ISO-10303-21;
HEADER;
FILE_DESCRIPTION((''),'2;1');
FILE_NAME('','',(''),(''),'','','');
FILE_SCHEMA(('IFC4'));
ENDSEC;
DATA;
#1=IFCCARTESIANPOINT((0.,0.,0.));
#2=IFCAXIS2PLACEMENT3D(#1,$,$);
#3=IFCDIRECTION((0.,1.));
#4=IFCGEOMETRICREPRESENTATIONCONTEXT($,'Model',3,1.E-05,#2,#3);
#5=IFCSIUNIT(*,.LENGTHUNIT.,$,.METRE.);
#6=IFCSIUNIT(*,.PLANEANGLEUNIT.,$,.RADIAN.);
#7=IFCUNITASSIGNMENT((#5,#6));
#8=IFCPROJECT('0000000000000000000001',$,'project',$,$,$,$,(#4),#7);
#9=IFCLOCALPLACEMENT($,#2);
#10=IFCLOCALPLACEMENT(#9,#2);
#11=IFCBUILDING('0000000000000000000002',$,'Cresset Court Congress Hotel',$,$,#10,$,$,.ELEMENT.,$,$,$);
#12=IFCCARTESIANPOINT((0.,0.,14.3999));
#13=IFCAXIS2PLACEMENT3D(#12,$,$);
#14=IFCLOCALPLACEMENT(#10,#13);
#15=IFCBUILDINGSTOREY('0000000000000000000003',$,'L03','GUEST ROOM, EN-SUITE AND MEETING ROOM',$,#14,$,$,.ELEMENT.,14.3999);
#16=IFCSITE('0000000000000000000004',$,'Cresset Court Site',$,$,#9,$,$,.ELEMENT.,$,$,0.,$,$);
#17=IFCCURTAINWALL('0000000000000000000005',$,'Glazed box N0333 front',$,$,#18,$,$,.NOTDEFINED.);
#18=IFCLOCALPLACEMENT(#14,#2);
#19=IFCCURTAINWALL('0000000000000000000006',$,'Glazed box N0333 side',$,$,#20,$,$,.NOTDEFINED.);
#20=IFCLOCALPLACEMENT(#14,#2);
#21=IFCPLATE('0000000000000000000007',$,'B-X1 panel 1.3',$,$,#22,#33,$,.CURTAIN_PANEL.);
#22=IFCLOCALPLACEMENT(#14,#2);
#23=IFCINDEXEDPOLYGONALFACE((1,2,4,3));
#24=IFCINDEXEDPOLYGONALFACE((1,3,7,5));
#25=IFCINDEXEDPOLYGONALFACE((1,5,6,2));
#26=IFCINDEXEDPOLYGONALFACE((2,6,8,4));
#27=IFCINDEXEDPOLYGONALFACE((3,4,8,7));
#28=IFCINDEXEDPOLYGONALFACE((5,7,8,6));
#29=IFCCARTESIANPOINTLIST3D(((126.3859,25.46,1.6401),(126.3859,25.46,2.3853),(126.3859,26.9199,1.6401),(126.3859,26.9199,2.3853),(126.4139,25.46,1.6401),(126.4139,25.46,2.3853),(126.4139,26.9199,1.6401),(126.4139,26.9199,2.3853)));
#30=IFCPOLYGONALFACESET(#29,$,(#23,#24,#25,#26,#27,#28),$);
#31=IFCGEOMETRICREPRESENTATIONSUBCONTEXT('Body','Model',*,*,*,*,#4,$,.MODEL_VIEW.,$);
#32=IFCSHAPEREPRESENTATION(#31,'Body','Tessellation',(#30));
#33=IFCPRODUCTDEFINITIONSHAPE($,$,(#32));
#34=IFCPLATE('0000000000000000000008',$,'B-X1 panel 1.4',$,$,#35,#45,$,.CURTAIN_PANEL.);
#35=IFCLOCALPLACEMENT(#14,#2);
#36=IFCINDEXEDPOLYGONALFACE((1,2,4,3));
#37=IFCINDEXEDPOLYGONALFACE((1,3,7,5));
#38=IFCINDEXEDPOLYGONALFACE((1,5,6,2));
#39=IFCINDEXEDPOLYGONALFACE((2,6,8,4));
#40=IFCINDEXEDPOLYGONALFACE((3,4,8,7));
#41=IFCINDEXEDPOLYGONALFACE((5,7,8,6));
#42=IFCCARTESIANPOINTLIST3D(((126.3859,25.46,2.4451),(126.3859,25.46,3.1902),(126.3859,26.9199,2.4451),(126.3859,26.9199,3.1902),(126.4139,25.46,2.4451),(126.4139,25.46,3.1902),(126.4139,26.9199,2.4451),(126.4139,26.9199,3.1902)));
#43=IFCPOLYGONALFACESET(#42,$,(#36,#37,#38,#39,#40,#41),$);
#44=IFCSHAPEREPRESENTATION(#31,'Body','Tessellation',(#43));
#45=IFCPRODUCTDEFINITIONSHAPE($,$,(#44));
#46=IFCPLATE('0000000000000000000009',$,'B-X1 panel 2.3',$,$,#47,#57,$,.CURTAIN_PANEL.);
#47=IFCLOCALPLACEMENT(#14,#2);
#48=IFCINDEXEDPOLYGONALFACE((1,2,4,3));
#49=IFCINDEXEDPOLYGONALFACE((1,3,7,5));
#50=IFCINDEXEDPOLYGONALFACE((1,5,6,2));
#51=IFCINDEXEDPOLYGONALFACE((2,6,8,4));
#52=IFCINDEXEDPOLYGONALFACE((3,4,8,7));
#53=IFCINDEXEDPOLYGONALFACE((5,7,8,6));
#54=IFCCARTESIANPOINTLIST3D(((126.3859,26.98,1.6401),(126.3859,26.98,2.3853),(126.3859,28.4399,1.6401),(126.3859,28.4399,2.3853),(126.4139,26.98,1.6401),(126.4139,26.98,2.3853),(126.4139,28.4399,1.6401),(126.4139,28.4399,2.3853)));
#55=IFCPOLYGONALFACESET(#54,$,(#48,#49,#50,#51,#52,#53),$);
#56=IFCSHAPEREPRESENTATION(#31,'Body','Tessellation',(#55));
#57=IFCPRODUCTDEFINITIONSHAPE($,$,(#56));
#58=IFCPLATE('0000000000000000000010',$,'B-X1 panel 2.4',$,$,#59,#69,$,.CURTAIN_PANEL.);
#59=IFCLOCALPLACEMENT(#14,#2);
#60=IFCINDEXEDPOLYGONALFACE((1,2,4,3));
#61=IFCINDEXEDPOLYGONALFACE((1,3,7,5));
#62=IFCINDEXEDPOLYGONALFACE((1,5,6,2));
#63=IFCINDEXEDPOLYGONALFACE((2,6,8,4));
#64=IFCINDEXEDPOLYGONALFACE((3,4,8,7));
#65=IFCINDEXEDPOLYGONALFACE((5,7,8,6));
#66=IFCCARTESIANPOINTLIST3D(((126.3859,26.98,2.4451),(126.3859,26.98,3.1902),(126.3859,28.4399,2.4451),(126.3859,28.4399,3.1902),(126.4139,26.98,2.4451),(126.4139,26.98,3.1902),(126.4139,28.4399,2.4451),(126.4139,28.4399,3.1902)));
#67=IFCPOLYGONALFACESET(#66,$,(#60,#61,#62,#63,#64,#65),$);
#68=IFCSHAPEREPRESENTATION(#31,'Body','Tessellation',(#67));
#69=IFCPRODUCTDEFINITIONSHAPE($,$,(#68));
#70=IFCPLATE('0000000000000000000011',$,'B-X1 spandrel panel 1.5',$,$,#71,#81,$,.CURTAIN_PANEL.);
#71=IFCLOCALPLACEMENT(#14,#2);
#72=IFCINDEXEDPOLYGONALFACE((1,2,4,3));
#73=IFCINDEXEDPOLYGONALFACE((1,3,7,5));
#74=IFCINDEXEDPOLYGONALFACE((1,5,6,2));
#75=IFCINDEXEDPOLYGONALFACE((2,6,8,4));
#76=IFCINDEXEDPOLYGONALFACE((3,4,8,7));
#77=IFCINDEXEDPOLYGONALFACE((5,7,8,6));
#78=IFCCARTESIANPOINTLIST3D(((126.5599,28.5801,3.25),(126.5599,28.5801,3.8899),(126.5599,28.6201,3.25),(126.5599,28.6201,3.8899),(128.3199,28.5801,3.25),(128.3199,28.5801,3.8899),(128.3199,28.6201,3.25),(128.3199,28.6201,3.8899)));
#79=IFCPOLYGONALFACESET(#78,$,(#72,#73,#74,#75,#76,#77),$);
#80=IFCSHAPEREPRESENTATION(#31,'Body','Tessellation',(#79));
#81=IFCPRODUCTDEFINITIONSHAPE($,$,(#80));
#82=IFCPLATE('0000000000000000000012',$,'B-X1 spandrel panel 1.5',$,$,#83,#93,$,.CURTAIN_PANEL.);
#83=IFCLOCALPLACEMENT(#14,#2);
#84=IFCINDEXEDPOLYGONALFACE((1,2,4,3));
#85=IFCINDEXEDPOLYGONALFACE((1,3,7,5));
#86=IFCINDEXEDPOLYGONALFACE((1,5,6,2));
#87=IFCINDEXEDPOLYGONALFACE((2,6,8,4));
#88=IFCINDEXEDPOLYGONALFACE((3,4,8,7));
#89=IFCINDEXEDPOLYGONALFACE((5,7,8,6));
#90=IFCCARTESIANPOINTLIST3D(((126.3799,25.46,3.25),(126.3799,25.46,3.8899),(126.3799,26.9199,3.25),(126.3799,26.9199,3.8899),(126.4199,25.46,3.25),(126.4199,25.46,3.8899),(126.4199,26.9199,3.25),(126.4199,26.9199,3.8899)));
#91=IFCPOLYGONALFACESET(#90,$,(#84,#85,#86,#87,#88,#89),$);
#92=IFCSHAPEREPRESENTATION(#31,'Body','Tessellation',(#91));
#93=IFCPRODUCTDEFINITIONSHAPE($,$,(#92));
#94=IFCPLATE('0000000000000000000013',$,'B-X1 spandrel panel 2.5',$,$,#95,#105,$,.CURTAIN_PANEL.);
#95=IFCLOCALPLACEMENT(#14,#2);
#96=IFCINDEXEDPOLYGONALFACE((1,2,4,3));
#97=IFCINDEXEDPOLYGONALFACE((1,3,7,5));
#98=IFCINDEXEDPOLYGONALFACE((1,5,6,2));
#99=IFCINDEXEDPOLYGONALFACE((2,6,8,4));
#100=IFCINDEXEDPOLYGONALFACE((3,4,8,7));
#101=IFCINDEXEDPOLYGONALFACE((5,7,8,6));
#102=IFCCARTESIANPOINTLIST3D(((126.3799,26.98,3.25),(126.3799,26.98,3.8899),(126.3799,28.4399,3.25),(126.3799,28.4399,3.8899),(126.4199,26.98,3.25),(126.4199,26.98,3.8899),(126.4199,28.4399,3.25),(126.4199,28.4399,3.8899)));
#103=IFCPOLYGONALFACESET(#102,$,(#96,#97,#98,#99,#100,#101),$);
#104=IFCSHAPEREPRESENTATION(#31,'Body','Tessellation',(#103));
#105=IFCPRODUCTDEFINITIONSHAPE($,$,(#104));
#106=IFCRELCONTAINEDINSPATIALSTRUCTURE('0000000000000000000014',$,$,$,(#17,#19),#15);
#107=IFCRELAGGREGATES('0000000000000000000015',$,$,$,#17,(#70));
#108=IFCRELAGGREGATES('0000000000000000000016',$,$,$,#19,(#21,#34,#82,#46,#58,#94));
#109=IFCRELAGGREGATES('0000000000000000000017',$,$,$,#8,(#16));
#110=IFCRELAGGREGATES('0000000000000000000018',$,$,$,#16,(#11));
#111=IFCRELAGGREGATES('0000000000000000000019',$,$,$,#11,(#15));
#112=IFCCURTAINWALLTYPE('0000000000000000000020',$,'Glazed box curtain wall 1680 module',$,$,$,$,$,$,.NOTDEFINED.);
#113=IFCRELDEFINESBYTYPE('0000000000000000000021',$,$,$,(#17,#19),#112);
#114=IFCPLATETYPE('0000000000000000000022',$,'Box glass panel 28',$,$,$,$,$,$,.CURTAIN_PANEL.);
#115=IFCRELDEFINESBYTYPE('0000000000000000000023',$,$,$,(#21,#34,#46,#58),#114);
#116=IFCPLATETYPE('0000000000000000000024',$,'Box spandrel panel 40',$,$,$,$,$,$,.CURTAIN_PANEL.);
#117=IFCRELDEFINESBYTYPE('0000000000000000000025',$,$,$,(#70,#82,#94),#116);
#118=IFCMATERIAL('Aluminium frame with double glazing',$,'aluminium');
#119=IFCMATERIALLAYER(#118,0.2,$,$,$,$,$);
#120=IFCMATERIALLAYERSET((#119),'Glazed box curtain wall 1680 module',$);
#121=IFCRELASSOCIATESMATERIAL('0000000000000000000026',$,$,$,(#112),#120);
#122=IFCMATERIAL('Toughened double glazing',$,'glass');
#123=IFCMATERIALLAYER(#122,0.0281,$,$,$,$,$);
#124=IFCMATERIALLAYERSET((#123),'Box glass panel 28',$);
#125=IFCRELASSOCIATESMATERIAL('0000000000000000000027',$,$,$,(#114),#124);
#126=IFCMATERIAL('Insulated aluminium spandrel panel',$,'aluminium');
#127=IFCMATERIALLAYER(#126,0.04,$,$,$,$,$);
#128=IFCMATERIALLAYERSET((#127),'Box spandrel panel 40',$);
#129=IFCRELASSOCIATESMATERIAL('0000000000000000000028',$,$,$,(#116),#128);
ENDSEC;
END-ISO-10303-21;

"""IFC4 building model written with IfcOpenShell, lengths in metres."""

from ifc_helpers import new_model, si_unit, direction, frame, origin, origin_2d, place, context, subcontext, project, spatial, rectangle, extrude, material, layer, layer_set, type_object, element, aggregate, save


model = new_model("IFC4")

# Units and contexts
model_context = context("Model", 3, precision=1e-05, world=origin(), true_north=direction((0.0, 1.0)))
body_context = subcontext(model_context, "Body", "Model", "MODEL_VIEW")
ifc_project = project(units=[si_unit("LENGTHUNIT", "METRE"), si_unit("PLANEANGLEUNIT", "RADIAN")], contexts=[model_context])

# Site, building, storey
site_placement = place(None, origin())
site = spatial("IfcSite", under=ifc_project, at=site_placement, Name="Cresset Court Site", CompositionType="ELEMENT", RefElevation=0.0)
building_placement = place(site_placement, origin())
building = spatial("IfcBuilding", under=site, at=building_placement, Name="Cresset Court Congress Hotel", CompositionType="ELEMENT")
storey_placement = place(building_placement, frame((0.0, 0.0, 14.3999)))
storey = spatial("IfcBuildingStorey", under=building, at=storey_placement, Name="L03", Description="GUEST ROOM, EN-SUITE AND MEETING ROOM", CompositionType="ELEMENT", Elevation=14.3999)

# Curtain walls
ifc_material_1 = material(Name="Aluminium frame with double glazing", Category="aluminium")
ifc_layer_1 = layer(ifc_material_1, 0.2)
ifc_layer_set_1 = layer_set([ifc_layer_1], Name="Glazed box curtain wall 1680 module")
curtain_wall_type = type_object("IfcCurtainWallType", Name="Glazed box curtain wall 1680 module", PredefinedType="NOTDEFINED", material=ifc_layer_set_1)
curtain_wall_1_placement = place(storey_placement, origin())
curtain_wall_1 = element("IfcCurtainWall", 1, at=curtain_wall_1_placement, inside=storey, type_object=curtain_wall_type, Name="Glazed box N0333 front", PredefinedType="NOTDEFINED")
curtain_wall_2_placement = place(storey_placement, origin())
curtain_wall_2 = element("IfcCurtainWall", 2, at=curtain_wall_2_placement, inside=storey, type_object=curtain_wall_type, Name="Glazed box N0333 side", PredefinedType="NOTDEFINED")

# Plates
ifc_material_2 = material(Name="Toughened double glazing", Category="glass")
ifc_layer_2 = layer(ifc_material_2, 0.0281)
ifc_layer_set_2 = layer_set([ifc_layer_2], Name="Box glass panel 28")
plate_type_1 = type_object("IfcPlateType", Name="Box glass panel 28", PredefinedType="CURTAIN_PANEL", material=ifc_layer_set_2)
plate_1_placement = place(storey_placement, frame((126.3999, 26.1899, 1.6401), z_axis=(0.0, 0.0, 1.0), x_axis=(0.0, 1.0, 0.0)))
plate_1 = element("IfcPlate", 3, at=plate_1_placement, type_object=plate_type_1, Name="B-X1 panel 1.3", PredefinedType="CURTAIN_PANEL", context=body_context, shape_type="SweptSolid", body=[
    extrude(rectangle(XDim=1.46, YDim=0.0281, at=origin_2d()), origin(), (0.0, 0.0, 1.0), 0.7451),
])
plate_2_placement = place(storey_placement, frame((126.3999, 26.1899, 2.4451), z_axis=(0.0, 0.0, 1.0), x_axis=(0.0, 1.0, 0.0)))
plate_2 = element("IfcPlate", 4, at=plate_2_placement, type_object=plate_type_1, Name="B-X1 panel 1.4", PredefinedType="CURTAIN_PANEL", context=body_context, shape_type="SweptSolid", body=[
    extrude(rectangle(XDim=1.46, YDim=0.0281, at=origin_2d()), origin(), (0.0, 0.0, 1.0), 0.7451),
])
plate_3_placement = place(storey_placement, frame((126.3999, 27.71, 1.6401), z_axis=(0.0, 0.0, 1.0), x_axis=(0.0, 1.0, 0.0)))
plate_3 = element("IfcPlate", 5, at=plate_3_placement, type_object=plate_type_1, Name="B-X1 panel 2.3", PredefinedType="CURTAIN_PANEL", context=body_context, shape_type="SweptSolid", body=[
    extrude(rectangle(XDim=1.46, YDim=0.0281, at=origin_2d()), origin(), (0.0, 0.0, 1.0), 0.7451),
])
plate_4_placement = place(storey_placement, frame((126.3999, 27.71, 2.4451), z_axis=(0.0, 0.0, 1.0), x_axis=(0.0, 1.0, 0.0)))
plate_4 = element("IfcPlate", 6, at=plate_4_placement, type_object=plate_type_1, Name="B-X1 panel 2.4", PredefinedType="CURTAIN_PANEL", context=body_context, shape_type="SweptSolid", body=[
    extrude(rectangle(XDim=1.46, YDim=0.0281, at=origin_2d()), origin(), (0.0, 0.0, 1.0), 0.7451),
])
ifc_material_3 = material(Name="Insulated aluminium spandrel panel", Category="aluminium")
ifc_layer_3 = layer(ifc_material_3, 0.04)
ifc_layer_set_3 = layer_set([ifc_layer_3], Name="Box spandrel panel 40")
plate_type_2 = type_object("IfcPlateType", Name="Box spandrel panel 40", PredefinedType="CURTAIN_PANEL", material=ifc_layer_set_3)
plate_5_placement = place(storey_placement, frame((127.4399, 28.6001, 3.25), z_axis=(0.0, 0.0, 1.0), x_axis=(1.0, 0.0, 0.0)))
plate_5 = element("IfcPlate", 7, at=plate_5_placement, type_object=plate_type_2, Name="B-X1 spandrel panel 1.5", PredefinedType="CURTAIN_PANEL", context=body_context, shape_type="SweptSolid", body=[
    extrude(rectangle(XDim=1.76, YDim=0.04, at=origin_2d()), origin(), (0.0, 0.0, 1.0), 0.6399),
])
aggregate(curtain_wall_1, [plate_5])
plate_6_placement = place(storey_placement, frame((126.3999, 26.1899, 3.25), z_axis=(0.0, 0.0, 1.0), x_axis=(0.0, 1.0, 0.0)))
plate_6 = element("IfcPlate", 8, at=plate_6_placement, type_object=plate_type_2, Name="B-X1 spandrel panel 1.5", PredefinedType="CURTAIN_PANEL", context=body_context, shape_type="SweptSolid", body=[
    extrude(rectangle(XDim=1.46, YDim=0.04, at=origin_2d()), origin(), (0.0, 0.0, 1.0), 0.6399),
])
plate_7_placement = place(storey_placement, frame((126.3999, 27.71, 3.25), z_axis=(0.0, 0.0, 1.0), x_axis=(0.0, 1.0, 0.0)))
plate_7 = element("IfcPlate", 9, at=plate_7_placement, type_object=plate_type_2, Name="B-X1 spandrel panel 2.5", PredefinedType="CURTAIN_PANEL", context=body_context, shape_type="SweptSolid", body=[
    extrude(rectangle(XDim=1.46, YDim=0.04, at=origin_2d()), origin(), (0.0, 0.0, 1.0), 0.6399),
])
aggregate(curtain_wall_2, [plate_1, plate_2, plate_6, plate_3, plate_4, plate_7])

save(model, "model.ifc")
